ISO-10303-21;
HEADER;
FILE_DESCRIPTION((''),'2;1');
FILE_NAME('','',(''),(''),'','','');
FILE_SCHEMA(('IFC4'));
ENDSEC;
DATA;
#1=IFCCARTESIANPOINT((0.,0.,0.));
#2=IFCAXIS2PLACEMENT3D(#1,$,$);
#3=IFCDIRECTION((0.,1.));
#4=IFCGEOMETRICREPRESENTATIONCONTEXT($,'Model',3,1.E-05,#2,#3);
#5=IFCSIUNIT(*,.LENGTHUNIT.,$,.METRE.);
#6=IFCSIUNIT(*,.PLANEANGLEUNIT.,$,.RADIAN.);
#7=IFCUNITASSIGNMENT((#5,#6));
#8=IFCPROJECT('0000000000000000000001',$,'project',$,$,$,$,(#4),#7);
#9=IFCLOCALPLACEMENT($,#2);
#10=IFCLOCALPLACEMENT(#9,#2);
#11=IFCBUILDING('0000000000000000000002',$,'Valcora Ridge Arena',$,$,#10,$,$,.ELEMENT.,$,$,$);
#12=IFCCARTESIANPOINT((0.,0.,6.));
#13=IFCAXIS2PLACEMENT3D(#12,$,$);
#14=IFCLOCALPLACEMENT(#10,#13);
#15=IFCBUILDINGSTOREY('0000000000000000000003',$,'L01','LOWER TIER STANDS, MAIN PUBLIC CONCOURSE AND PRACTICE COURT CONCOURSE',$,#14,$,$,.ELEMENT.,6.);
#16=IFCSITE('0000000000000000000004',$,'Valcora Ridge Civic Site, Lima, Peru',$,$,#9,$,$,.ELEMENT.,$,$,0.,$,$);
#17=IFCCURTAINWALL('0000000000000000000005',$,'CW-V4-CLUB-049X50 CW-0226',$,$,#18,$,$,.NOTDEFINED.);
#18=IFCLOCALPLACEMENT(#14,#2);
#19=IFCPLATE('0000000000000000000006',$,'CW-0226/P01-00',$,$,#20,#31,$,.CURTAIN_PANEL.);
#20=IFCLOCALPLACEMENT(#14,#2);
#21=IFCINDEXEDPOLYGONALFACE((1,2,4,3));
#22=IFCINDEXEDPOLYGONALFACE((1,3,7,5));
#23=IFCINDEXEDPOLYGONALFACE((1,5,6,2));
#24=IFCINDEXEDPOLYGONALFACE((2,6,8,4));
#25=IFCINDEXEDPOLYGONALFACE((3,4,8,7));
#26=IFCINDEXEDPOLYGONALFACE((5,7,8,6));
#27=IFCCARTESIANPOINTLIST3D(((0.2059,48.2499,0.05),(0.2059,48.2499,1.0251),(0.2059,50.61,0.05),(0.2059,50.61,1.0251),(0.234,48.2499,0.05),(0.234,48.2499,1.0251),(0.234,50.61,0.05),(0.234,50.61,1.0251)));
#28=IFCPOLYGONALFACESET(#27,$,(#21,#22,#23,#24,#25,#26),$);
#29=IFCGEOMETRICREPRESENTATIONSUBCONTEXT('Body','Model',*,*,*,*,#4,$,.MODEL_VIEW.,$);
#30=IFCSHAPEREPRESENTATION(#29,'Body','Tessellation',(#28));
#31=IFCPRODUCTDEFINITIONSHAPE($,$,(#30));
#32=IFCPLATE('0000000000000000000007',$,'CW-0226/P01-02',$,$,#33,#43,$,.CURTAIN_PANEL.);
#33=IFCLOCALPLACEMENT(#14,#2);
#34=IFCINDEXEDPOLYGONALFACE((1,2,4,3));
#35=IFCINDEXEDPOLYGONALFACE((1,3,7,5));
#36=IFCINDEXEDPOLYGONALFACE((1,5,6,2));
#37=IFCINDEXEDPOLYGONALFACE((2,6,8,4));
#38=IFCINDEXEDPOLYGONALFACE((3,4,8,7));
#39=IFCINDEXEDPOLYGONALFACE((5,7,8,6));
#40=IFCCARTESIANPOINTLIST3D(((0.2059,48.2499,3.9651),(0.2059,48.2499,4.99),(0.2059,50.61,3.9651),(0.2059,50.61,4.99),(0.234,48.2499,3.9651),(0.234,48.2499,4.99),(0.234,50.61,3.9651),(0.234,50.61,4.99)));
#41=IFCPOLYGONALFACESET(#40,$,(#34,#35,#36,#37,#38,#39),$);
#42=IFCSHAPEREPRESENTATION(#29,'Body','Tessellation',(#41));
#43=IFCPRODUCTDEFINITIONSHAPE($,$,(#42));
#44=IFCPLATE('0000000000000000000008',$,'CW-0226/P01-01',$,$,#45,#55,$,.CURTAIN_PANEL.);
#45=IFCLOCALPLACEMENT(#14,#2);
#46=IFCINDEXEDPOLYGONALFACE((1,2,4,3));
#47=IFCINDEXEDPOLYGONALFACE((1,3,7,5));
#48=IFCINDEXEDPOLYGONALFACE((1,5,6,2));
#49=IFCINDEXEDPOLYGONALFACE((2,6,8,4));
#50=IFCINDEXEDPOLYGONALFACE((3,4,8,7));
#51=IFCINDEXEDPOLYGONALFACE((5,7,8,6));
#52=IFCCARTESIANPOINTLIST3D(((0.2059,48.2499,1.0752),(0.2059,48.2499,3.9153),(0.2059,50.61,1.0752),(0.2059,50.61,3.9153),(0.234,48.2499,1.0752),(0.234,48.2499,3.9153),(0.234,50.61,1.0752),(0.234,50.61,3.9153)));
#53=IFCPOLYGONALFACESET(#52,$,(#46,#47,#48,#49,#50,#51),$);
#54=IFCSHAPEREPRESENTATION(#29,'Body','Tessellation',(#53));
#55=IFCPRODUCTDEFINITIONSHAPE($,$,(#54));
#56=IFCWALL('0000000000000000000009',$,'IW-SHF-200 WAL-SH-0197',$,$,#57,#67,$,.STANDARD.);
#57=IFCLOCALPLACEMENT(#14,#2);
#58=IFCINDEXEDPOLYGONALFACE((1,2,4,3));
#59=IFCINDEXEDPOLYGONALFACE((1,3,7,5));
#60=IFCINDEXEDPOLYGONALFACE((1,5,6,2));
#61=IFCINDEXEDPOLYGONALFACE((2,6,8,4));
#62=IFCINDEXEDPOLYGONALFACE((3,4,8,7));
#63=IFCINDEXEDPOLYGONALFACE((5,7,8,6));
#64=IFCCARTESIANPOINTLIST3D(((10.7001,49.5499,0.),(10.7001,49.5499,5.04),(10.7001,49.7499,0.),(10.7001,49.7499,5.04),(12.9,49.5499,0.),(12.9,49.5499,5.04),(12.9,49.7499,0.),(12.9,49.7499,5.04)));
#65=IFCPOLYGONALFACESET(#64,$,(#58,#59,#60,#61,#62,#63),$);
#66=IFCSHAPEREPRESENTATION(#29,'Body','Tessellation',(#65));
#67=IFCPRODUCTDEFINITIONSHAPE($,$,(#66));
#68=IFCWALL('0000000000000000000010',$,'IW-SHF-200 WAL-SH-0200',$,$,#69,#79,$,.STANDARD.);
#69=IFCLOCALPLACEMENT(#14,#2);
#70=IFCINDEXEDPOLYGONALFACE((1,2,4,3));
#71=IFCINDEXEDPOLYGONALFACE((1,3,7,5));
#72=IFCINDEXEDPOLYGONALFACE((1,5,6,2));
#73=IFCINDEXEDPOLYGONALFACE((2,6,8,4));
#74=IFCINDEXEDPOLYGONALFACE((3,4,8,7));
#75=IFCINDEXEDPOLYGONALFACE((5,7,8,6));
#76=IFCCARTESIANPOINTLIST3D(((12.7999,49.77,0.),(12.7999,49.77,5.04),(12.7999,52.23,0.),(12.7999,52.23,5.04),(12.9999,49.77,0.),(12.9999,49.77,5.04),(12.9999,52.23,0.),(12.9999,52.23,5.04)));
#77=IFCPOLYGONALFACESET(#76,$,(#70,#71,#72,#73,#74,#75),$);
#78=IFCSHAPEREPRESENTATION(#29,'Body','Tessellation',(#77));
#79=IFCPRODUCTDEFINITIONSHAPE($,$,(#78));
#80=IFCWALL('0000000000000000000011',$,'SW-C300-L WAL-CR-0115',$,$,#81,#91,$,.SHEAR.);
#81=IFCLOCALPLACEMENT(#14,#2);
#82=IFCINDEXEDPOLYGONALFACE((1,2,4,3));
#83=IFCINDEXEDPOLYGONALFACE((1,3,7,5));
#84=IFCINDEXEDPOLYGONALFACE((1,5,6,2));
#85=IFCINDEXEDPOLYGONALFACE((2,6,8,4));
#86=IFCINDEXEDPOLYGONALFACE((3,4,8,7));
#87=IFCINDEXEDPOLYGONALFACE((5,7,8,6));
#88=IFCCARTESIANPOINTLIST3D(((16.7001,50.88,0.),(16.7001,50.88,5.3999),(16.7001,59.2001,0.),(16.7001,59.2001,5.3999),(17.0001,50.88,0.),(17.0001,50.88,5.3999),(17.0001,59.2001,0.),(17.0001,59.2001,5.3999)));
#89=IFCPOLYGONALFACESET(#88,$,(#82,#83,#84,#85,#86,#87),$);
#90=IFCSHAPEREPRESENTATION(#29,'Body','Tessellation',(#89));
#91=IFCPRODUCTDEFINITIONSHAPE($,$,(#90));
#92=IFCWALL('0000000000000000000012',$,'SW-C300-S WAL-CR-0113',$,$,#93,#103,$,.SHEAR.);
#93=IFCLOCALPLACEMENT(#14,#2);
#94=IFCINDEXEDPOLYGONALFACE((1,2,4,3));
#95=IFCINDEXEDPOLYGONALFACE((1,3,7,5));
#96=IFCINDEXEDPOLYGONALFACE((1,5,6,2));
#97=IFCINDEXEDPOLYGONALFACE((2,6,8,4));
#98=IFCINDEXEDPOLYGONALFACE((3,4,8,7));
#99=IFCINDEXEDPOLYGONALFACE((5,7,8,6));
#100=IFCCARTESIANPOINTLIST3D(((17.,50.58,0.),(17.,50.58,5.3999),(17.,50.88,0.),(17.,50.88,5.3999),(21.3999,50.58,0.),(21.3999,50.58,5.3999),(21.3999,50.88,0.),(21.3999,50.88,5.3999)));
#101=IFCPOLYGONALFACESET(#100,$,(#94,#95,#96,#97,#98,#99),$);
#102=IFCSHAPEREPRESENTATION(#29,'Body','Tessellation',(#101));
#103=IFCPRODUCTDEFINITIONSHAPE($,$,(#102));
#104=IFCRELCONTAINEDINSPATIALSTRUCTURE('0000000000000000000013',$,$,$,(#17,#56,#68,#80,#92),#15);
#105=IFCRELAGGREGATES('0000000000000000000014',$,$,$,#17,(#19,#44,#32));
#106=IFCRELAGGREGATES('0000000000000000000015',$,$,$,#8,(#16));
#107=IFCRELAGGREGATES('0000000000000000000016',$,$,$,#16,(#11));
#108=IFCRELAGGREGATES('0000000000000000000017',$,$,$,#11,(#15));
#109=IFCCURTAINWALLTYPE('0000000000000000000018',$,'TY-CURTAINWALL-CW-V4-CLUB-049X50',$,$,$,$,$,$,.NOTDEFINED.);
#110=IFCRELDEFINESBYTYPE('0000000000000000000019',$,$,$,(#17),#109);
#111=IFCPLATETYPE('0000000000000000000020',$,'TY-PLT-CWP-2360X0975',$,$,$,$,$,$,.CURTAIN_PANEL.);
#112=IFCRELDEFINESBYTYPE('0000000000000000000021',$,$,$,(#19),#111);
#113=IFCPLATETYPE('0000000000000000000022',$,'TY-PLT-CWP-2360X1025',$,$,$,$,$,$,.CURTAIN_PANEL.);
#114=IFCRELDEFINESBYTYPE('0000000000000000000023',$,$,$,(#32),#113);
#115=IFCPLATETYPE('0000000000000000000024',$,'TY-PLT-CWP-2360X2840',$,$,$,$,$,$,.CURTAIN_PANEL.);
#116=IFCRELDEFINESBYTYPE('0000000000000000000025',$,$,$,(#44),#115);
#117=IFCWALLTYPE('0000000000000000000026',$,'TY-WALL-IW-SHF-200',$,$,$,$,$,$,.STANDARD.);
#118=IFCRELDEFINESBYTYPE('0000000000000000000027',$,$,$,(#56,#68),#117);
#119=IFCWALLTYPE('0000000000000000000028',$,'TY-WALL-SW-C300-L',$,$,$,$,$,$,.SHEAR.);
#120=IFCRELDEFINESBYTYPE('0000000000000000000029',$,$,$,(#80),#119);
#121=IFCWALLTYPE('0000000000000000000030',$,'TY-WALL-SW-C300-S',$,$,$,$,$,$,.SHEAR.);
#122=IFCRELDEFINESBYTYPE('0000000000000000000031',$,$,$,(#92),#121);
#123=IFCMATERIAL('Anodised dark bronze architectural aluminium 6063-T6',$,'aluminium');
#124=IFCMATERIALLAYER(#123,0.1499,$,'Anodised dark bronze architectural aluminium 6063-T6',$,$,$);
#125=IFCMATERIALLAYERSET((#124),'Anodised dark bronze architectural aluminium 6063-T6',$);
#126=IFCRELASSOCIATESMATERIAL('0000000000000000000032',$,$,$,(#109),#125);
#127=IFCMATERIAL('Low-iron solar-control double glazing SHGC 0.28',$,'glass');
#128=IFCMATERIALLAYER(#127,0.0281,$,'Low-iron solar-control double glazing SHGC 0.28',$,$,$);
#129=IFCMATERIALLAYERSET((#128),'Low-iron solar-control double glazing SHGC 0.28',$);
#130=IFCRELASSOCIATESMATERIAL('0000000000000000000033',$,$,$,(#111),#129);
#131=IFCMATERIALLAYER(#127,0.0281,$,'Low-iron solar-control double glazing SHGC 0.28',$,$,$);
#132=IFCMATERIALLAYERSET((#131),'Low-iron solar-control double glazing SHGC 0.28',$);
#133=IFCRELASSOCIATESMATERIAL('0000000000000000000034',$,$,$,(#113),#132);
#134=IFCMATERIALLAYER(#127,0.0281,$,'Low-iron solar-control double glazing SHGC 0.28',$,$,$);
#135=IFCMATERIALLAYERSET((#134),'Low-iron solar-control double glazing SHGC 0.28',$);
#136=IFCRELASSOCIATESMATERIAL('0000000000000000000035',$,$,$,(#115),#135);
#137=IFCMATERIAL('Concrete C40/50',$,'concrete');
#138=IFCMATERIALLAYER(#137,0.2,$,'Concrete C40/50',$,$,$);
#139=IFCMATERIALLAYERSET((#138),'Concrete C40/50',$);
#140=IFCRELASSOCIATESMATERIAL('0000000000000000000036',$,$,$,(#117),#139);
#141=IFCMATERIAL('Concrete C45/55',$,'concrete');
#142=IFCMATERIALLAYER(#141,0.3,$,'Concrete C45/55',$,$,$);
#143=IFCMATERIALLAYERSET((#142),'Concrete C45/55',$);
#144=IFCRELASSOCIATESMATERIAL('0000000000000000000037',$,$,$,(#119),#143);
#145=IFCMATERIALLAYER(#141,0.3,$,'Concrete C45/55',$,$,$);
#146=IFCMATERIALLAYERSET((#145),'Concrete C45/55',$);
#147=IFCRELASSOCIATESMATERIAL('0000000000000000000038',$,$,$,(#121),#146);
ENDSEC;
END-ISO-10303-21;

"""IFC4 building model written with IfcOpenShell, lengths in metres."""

from ifc_helpers import new_model, si_unit, direction, frame, frame_2d, origin, origin_2d, place, context, subcontext, project, spatial, rectangle, extrude, material, layer, layer_set, type_object, element, aggregate, save


model = new_model("IFC4")

# Units and contexts
model_context = context("Model", 3, precision=1e-05, world=origin(), true_north=direction((0.0, 1.0)))
body_context = subcontext(model_context, "Body", "Model", "MODEL_VIEW")
ifc_project = project(units=[si_unit("LENGTHUNIT", "METRE"), si_unit("PLANEANGLEUNIT", "RADIAN")], contexts=[model_context])

# Site, building, storey
site_placement = place(None, origin())
site = spatial("IfcSite", under=ifc_project, at=site_placement, Name="Valcora Ridge Civic Site, Lima, Peru", CompositionType="ELEMENT", RefElevation=0.0)
building_placement = place(site_placement, origin())
building = spatial("IfcBuilding", under=site, at=building_placement, Name="Valcora Ridge Arena", CompositionType="ELEMENT")
storey_placement = place(building_placement, frame((0.0, 0.0, 6.0)))
storey = spatial("IfcBuildingStorey", under=building, at=storey_placement, Name="L01", Description="LOWER TIER STANDS, MAIN PUBLIC CONCOURSE AND PRACTICE COURT CONCOURSE", CompositionType="ELEMENT", Elevation=6.0)

# Curtain wall
ifc_material_1 = material(Name="Anodised dark bronze architectural aluminium 6063-T6", Category="aluminium")
ifc_layer_1 = layer(ifc_material_1, 0.1499, Name="Anodised dark bronze architectural aluminium 6063-T6")
ifc_layer_set_1 = layer_set([ifc_layer_1], Name="Anodised dark bronze architectural aluminium 6063-T6")
curtain_wall_type_1 = type_object("IfcCurtainWallType", Name="TY-CURTAINWALL-CW-V4-CLUB-049X50", PredefinedType="NOTDEFINED", material=ifc_layer_set_1)
curtain_wall_1_placement = place(storey_placement, origin())
curtain_wall_1 = element("IfcCurtainWall", 1, at=curtain_wall_1_placement, inside=storey, type_object=curtain_wall_type_1, Name="CW-V4-CLUB-049X50 CW-0226", PredefinedType="NOTDEFINED")

# Plates
ifc_material_2 = material(Name="Low-iron solar-control double glazing SHGC 0.28", Category="glass")
ifc_layer_2 = layer(ifc_material_2, 0.0281, Name="Low-iron solar-control double glazing SHGC 0.28")
ifc_layer_set_2 = layer_set([ifc_layer_2], Name="Low-iron solar-control double glazing SHGC 0.28")
plate_type_1 = type_object("IfcPlateType", Name="TY-PLT-CWP-2360X0975", PredefinedType="CURTAIN_PANEL", material=ifc_layer_set_2)
plate_1_placement = place(storey_placement, frame((0.22, 49.4299, 0.05), z_axis=(0.0, 0.0, 1.0), x_axis=(0.0, 1.0, 0.0)))
plate_1 = element("IfcPlate", 2, at=plate_1_placement, type_object=plate_type_1, Name="CW-0226/P01-00", PredefinedType="CURTAIN_PANEL", context=body_context, shape_type="SweptSolid", body=[
    extrude(rectangle(XDim=2.3601, YDim=0.0281, at=origin_2d()), origin(), (0.0, 0.0, 1.0), 0.9751),
])
ifc_layer_3 = layer(ifc_material_2, 0.0281, Name="Low-iron solar-control double glazing SHGC 0.28")
ifc_layer_set_3 = layer_set([ifc_layer_3], Name="Low-iron solar-control double glazing SHGC 0.28")
plate_type_2 = type_object("IfcPlateType", Name="TY-PLT-CWP-2360X1025", PredefinedType="CURTAIN_PANEL", material=ifc_layer_set_3)
plate_2_placement = place(storey_placement, frame((0.22, 49.4299, 3.9651), z_axis=(0.0, 0.0, 1.0), x_axis=(0.0, 1.0, 0.0)))
plate_2 = element("IfcPlate", 3, at=plate_2_placement, type_object=plate_type_2, Name="CW-0226/P01-02", PredefinedType="CURTAIN_PANEL", context=body_context, shape_type="SweptSolid", body=[
    extrude(rectangle(XDim=2.3601, YDim=0.0281, at=origin_2d()), origin(), (0.0, 0.0, 1.0), 1.0249),
])
ifc_layer_4 = layer(ifc_material_2, 0.0281, Name="Low-iron solar-control double glazing SHGC 0.28")
ifc_layer_set_4 = layer_set([ifc_layer_4], Name="Low-iron solar-control double glazing SHGC 0.28")
plate_type_3 = type_object("IfcPlateType", Name="TY-PLT-CWP-2360X2840", PredefinedType="CURTAIN_PANEL", material=ifc_layer_set_4)
plate_3_placement = place(storey_placement, frame((0.22, 49.4299, 1.0752), z_axis=(0.0, 0.0, 1.0), x_axis=(0.0, 1.0, 0.0)))
plate_3 = element("IfcPlate", 4, at=plate_3_placement, type_object=plate_type_3, Name="CW-0226/P01-01", PredefinedType="CURTAIN_PANEL", context=body_context, shape_type="SweptSolid", body=[
    extrude(rectangle(XDim=2.3601, YDim=0.0281, at=origin_2d()), origin(), (0.0, 0.0, 1.0), 2.8401),
])
aggregate(curtain_wall_1, [plate_1, plate_3, plate_2])

# Wall
ifc_material_3 = material(Name="Concrete C40/50", Category="concrete")
ifc_layer_5 = layer(ifc_material_3, 0.2, Name="Concrete C40/50")
ifc_layer_set_5 = layer_set([ifc_layer_5], Name="Concrete C40/50")
wall_type_1 = type_object("IfcWallType", Name="TY-WALL-IW-SHF-200", PredefinedType="STANDARD", material=ifc_layer_set_5)
wall_1_placement = place(storey_placement, frame((10.7, 49.6499, 0.0), z_axis=(0.0, 0.0, 1.0), x_axis=(1.0, 0.0, 0.0)))
element("IfcWall", 5, at=wall_1_placement, inside=storey, type_object=wall_type_1, Name="IW-SHF-200 WAL-SH-0197", PredefinedType="STANDARD", context=body_context, shape_type="SweptSolid", body=[
    extrude(rectangle(XDim=2.2, YDim=0.2, at=frame_2d((1.1001, 0.0))), origin(), (0.0, 0.0, 1.0), 5.04),
])

# Walls
wall_2_placement = place(storey_placement, frame((12.8999, 49.77, 0.0), z_axis=(0.0, 0.0, 1.0), x_axis=(0.0, 1.0, 0.0)))
element("IfcWall", 6, at=wall_2_placement, inside=storey, type_object=wall_type_1, Name="IW-SHF-200 WAL-SH-0200", PredefinedType="STANDARD", context=body_context, shape_type="SweptSolid", body=[
    extrude(rectangle(XDim=2.46, YDim=0.2, at=frame_2d((1.23, 0.0))), origin(), (0.0, 0.0, 1.0), 5.04),
])
ifc_material_4 = material(Name="Concrete C45/55", Category="concrete")
ifc_layer_6 = layer(ifc_material_4, 0.3, Name="Concrete C45/55")
ifc_layer_set_6 = layer_set([ifc_layer_6], Name="Concrete C45/55")
wall_type_2 = type_object("IfcWallType", Name="TY-WALL-SW-C300-L", PredefinedType="SHEAR", material=ifc_layer_set_6)
wall_3_placement = place(storey_placement, frame((16.8501, 50.8799, 0.0), z_axis=(0.0, 0.0, 1.0), x_axis=(0.0, 1.0, 0.0)))
element("IfcWall", 7, at=wall_3_placement, inside=storey, type_object=wall_type_2, Name="SW-C300-L WAL-CR-0115", PredefinedType="SHEAR", context=body_context, shape_type="SweptSolid", body=[
    extrude(rectangle(XDim=8.3201, YDim=0.3, at=frame_2d((4.1602, 0.0))), origin(), (0.0, 0.0, 1.0), 5.3999),
])
ifc_layer_7 = layer(ifc_material_4, 0.3, Name="Concrete C45/55")
ifc_layer_set_7 = layer_set([ifc_layer_7], Name="Concrete C45/55")
wall_type_3 = type_object("IfcWallType", Name="TY-WALL-SW-C300-S", PredefinedType="SHEAR", material=ifc_layer_set_7)
wall_4_placement = place(storey_placement, frame((17.0, 50.73, 0.0), z_axis=(0.0, 0.0, 1.0), x_axis=(1.0, 0.0, 0.0)))
element("IfcWall", 8, at=wall_4_placement, inside=storey, type_object=wall_type_3, Name="SW-C300-S WAL-CR-0113", PredefinedType="SHEAR", context=body_context, shape_type="SweptSolid", body=[
    extrude(rectangle(XDim=4.3999, YDim=0.3, at=frame_2d((2.2, 0.0))), origin(), (0.0, 0.0, 1.0), 5.3999),
])

save(model, "model.ifc")
